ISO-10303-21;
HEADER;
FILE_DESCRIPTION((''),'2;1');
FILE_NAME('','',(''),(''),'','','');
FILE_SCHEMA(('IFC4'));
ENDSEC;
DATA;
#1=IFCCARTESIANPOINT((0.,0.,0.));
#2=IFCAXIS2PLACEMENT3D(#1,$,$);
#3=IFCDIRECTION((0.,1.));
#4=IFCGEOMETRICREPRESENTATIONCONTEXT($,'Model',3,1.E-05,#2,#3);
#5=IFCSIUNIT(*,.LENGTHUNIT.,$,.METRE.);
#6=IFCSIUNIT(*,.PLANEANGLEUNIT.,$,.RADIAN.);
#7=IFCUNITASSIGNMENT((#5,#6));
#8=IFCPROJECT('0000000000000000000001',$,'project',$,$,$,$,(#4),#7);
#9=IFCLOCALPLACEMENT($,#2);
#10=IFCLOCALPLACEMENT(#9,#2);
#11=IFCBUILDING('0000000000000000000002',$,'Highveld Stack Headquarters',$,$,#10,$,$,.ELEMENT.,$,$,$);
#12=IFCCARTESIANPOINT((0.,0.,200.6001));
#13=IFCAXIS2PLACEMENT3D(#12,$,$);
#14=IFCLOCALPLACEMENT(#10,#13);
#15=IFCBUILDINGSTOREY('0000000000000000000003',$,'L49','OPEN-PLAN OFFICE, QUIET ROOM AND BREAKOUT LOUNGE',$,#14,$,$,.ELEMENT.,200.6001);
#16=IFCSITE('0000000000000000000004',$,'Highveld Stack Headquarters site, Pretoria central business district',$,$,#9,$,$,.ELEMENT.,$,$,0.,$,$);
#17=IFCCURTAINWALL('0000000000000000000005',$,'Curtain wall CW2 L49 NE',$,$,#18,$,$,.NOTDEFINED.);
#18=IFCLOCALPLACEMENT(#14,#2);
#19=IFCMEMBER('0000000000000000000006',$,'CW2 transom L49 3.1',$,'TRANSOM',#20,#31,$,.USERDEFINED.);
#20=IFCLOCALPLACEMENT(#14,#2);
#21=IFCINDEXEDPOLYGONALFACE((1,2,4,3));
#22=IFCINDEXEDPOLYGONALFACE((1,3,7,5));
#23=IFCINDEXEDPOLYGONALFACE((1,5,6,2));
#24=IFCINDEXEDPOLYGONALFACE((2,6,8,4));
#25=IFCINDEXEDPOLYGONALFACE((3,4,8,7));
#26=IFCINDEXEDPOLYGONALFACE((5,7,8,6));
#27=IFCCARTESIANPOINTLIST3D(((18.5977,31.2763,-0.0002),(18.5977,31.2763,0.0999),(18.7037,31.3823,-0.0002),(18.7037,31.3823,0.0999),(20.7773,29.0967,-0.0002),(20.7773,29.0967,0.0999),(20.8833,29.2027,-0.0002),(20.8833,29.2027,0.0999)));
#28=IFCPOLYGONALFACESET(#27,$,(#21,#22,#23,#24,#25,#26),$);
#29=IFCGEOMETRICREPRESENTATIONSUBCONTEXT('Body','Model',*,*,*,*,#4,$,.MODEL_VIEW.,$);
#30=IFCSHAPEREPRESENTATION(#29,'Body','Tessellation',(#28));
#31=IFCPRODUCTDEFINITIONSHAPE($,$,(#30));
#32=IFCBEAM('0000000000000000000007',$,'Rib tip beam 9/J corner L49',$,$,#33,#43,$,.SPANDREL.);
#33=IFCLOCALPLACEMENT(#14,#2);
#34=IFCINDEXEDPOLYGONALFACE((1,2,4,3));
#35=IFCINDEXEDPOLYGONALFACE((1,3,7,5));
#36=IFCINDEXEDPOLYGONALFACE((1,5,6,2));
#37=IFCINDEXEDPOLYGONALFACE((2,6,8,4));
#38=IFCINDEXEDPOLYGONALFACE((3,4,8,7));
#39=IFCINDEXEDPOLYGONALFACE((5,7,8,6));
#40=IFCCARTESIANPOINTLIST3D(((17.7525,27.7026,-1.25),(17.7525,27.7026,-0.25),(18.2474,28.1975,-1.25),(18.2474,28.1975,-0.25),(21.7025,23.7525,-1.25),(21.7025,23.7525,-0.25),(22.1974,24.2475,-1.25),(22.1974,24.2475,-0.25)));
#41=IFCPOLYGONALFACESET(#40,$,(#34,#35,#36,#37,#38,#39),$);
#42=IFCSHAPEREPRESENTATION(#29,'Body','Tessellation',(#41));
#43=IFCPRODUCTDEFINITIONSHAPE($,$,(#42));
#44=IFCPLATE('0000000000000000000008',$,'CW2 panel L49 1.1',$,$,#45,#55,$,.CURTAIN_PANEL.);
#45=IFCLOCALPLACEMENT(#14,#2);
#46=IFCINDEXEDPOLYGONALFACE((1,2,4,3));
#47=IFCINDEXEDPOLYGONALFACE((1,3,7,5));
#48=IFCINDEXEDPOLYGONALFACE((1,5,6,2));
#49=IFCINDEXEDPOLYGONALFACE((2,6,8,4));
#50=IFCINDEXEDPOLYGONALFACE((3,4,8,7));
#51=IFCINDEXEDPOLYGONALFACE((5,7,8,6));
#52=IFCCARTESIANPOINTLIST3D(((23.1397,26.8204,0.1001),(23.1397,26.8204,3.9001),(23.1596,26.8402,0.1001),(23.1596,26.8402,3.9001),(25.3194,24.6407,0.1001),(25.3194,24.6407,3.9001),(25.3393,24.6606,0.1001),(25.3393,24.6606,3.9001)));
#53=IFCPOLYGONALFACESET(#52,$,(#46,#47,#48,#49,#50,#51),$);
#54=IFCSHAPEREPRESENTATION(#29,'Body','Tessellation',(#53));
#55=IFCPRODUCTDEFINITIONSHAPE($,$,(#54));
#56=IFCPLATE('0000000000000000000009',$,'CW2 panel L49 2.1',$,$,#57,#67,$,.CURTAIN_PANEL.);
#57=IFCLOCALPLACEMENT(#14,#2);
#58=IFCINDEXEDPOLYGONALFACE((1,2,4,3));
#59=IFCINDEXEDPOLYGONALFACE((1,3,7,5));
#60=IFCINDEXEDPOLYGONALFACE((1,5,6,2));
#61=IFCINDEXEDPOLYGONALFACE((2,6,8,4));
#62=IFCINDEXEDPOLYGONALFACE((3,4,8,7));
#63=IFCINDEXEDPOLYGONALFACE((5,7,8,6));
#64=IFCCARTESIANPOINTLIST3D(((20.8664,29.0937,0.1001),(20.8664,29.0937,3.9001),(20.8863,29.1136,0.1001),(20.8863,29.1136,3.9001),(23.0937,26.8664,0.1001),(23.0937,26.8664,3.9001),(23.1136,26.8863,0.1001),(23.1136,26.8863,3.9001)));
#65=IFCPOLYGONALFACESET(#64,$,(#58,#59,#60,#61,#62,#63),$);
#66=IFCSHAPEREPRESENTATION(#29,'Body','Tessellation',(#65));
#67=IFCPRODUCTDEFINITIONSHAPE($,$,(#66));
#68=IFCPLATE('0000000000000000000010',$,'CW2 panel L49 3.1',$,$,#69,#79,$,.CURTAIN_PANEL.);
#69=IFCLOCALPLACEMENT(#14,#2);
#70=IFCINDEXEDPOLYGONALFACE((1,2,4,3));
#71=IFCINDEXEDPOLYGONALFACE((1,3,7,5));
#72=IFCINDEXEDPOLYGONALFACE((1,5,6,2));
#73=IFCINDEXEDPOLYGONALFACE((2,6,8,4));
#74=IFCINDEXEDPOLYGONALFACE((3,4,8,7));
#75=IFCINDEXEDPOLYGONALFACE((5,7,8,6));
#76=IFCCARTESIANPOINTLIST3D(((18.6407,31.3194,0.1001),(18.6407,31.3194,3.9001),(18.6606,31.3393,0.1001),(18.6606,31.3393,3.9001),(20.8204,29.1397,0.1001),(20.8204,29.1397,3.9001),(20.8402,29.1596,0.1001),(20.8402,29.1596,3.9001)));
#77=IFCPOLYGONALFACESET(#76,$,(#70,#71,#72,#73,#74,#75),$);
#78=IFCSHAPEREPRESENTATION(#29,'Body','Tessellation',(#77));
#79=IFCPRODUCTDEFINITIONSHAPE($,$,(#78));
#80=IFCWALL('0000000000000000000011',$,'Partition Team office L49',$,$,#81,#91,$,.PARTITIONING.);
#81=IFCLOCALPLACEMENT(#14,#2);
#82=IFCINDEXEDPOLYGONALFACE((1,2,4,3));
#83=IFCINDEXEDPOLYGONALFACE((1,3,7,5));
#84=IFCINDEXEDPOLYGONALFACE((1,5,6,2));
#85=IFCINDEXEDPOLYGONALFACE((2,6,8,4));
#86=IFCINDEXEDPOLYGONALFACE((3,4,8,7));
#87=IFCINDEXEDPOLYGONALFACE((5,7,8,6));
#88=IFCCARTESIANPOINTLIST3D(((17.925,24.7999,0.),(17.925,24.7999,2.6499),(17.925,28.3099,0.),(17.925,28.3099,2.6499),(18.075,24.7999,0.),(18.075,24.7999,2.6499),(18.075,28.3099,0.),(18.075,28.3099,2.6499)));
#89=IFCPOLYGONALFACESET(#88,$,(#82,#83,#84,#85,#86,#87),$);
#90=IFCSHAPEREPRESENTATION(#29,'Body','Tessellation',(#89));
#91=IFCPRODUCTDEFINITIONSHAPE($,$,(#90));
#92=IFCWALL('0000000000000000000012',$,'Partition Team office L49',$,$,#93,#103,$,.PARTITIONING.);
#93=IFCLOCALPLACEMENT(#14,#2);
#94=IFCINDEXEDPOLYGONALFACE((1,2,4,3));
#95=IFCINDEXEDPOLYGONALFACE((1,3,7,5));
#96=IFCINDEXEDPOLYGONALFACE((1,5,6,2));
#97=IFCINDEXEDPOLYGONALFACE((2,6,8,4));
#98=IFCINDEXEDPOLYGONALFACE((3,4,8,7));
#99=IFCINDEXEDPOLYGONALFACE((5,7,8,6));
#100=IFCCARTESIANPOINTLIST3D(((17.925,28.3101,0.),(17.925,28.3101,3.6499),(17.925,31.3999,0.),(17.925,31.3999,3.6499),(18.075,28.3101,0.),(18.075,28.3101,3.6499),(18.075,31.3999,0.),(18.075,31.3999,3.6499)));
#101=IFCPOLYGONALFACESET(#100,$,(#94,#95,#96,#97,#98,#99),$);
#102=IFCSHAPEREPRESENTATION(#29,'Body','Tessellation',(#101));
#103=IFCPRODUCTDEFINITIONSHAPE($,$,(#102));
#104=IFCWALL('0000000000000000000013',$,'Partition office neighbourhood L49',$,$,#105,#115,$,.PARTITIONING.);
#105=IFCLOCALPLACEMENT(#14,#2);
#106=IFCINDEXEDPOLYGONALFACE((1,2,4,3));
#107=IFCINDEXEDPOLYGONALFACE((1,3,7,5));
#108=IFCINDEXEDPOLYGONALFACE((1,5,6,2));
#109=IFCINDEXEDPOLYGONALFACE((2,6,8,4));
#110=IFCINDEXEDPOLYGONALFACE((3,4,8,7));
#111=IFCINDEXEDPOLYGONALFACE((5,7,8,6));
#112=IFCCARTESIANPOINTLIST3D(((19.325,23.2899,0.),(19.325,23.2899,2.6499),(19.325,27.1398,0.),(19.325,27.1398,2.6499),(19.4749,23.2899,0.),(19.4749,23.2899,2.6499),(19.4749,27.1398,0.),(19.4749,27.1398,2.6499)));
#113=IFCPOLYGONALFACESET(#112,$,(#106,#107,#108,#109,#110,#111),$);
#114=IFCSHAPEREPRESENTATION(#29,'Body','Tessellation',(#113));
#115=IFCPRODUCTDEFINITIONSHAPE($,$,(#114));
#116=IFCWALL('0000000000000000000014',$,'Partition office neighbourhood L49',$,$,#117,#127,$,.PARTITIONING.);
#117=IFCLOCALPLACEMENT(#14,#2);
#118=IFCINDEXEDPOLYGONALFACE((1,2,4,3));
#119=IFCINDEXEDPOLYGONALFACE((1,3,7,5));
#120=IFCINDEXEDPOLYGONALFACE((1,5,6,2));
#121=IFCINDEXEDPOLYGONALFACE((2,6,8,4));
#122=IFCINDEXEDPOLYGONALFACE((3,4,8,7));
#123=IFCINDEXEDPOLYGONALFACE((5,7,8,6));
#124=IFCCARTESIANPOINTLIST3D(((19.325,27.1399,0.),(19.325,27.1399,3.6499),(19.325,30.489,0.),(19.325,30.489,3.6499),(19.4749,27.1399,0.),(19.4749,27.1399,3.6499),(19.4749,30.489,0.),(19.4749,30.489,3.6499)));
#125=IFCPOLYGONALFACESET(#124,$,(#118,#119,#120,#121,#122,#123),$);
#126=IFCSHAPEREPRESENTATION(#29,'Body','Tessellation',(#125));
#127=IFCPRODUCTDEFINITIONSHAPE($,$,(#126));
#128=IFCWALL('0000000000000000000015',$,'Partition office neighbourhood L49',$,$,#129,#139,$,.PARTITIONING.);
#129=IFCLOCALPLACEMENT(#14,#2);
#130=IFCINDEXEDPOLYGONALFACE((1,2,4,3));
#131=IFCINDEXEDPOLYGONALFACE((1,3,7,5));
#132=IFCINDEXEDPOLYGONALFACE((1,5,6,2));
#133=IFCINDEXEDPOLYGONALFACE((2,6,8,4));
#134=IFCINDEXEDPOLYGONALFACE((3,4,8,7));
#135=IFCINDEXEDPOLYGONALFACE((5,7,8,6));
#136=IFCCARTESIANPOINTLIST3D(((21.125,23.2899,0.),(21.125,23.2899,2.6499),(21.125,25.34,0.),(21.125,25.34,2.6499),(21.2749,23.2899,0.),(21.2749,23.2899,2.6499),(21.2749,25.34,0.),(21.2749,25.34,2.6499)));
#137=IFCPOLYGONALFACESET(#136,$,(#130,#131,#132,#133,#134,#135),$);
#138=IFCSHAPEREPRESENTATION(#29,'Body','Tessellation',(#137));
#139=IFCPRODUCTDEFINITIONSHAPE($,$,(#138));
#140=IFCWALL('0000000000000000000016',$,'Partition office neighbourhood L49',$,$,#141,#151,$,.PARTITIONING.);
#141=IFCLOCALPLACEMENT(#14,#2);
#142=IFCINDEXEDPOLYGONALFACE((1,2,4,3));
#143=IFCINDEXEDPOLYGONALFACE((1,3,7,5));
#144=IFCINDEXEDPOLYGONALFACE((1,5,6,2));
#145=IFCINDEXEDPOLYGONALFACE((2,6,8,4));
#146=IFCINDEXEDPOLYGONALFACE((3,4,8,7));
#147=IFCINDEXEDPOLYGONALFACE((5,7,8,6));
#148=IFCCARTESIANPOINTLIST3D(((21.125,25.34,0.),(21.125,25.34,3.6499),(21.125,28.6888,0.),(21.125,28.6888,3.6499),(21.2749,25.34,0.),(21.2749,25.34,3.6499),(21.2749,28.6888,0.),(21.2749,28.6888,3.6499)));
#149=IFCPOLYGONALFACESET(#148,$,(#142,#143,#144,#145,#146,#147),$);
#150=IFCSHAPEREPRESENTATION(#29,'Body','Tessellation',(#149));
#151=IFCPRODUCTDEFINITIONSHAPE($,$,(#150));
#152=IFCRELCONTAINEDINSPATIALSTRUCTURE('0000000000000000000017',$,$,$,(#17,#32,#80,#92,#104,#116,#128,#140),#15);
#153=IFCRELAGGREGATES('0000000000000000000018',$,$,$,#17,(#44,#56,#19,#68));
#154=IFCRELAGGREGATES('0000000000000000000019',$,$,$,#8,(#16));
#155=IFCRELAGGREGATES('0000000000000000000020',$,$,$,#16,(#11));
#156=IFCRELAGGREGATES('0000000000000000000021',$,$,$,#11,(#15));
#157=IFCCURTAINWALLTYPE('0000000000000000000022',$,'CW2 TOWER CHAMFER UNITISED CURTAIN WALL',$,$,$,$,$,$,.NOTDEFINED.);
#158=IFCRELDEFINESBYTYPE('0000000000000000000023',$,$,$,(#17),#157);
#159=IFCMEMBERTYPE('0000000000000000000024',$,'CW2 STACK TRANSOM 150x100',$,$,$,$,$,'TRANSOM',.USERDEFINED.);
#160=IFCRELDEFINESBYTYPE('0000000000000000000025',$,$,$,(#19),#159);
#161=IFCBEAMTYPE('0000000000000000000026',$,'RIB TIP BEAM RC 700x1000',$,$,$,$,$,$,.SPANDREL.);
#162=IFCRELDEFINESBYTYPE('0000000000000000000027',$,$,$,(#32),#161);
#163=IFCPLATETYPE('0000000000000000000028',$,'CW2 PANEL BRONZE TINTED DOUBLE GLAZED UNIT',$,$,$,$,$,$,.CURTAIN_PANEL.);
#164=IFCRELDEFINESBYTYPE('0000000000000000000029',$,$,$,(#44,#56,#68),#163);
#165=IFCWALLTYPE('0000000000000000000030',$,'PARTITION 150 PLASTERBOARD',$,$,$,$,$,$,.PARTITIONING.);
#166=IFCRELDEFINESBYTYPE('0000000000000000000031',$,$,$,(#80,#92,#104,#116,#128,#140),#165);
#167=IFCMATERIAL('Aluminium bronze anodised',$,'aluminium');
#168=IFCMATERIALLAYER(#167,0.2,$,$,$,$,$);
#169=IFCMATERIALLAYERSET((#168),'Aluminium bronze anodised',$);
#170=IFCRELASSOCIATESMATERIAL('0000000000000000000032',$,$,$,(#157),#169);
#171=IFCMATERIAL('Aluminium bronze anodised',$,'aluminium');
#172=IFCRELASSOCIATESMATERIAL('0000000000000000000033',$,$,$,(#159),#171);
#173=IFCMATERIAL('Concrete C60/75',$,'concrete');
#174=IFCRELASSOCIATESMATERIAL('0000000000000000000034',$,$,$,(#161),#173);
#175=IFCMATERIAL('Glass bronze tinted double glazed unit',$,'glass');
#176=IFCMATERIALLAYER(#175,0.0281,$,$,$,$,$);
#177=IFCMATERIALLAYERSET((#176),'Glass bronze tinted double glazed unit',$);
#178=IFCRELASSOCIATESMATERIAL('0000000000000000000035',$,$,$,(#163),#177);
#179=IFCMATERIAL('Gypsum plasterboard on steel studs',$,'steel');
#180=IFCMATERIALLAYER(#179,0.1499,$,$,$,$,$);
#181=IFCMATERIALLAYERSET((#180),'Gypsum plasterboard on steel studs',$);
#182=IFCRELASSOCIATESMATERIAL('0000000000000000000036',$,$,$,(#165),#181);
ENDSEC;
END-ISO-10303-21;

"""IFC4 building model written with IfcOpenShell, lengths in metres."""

from ifc_helpers import new_model, si_unit, direction, frame, frame_2d, origin, origin_2d, place, context, subcontext, project, spatial, rectangle, extrude, material, layer, layer_set, material_profile, profile_set, type_object, element, aggregate, save


model = new_model("IFC4")

# Units and contexts
model_context = context("Model", 3, precision=1e-05, world=origin(), true_north=direction((0.0, 1.0)))
body_context = subcontext(model_context, "Body", "Model", "MODEL_VIEW")
ifc_project = project(units=[si_unit("LENGTHUNIT", "METRE"), si_unit("PLANEANGLEUNIT", "RADIAN")], contexts=[model_context])

# Site, building, storey
site_placement = place(None, origin())
site = spatial("IfcSite", under=ifc_project, at=site_placement, Name="Highveld Stack Headquarters site, Pretoria central business district", CompositionType="ELEMENT", RefElevation=0.0)
building_placement = place(site_placement, origin())
building = spatial("IfcBuilding", under=site, at=building_placement, Name="Highveld Stack Headquarters", CompositionType="ELEMENT")
storey_placement = place(building_placement, frame((0.0, 0.0, 200.6001)))
storey = spatial("IfcBuildingStorey", under=building, at=storey_placement, Name="L49", Description="OPEN-PLAN OFFICE, QUIET ROOM AND BREAKOUT LOUNGE", CompositionType="ELEMENT", Elevation=200.6001)

# Curtain wall, member
ifc_material_1 = material(Name="Aluminium bronze anodised", Category="aluminium")
ifc_layer_1 = layer(ifc_material_1, 0.2)
ifc_layer_set_1 = layer_set([ifc_layer_1], Name="Aluminium bronze anodised")
curtain_wall_type_1 = type_object("IfcCurtainWallType", Name="CW2 TOWER CHAMFER UNITISED CURTAIN WALL", PredefinedType="NOTDEFINED", material=ifc_layer_set_1)
curtain_wall_1_placement = place(storey_placement, origin())
curtain_wall_1 = element("IfcCurtainWall", 1, at=curtain_wall_1_placement, inside=storey, type_object=curtain_wall_type_1, Name="Curtain wall CW2 L49 NE", PredefinedType="NOTDEFINED")
ifc_material_2 = material(Name="Aluminium bronze anodised", Category="aluminium")
ifc_material_profile_1 = material_profile(ifc_material_2, rectangle(XDim=0.1499, YDim=0.1001, at=origin_2d()), Name="CW2 TRANSOM 150x100")
ifc_profile_set_1 = profile_set([ifc_material_profile_1], Name="Aluminium bronze anodised")
member_type_1 = type_object("IfcMemberType", Name="CW2 STACK TRANSOM 150x100", ElementType="TRANSOM", PredefinedType="USERDEFINED", material=ifc_profile_set_1)
member_1_placement = place(storey_placement, frame((20.8303, 29.1497, 0.0498), z_axis=(-0.707107, 0.707107, 0.0), x_axis=(-0.707107, -0.707107, 0.0)))
member_1 = element("IfcMember", 2, at=member_1_placement, type_object=member_type_1, Name="CW2 transom L49 3.1", ObjectType="TRANSOM", PredefinedType="USERDEFINED", context=body_context, shape_type="SweptSolid", body=[
    extrude(rectangle(XDim=0.1499, YDim=0.1001, at=origin_2d()), origin(), (0.0, 0.0, 1.0), 3.0825),
])

# Beam
ifc_material_3 = material(Name="Concrete C60/75", Category="concrete")
ifc_material_profile_2 = material_profile(ifc_material_3, rectangle(XDim=0.7, YDim=1.0, at=origin_2d()), Name="RC 700x1000")
ifc_profile_set_2 = profile_set([ifc_material_profile_2], Name="Concrete C60/75")
beam_type_1 = type_object("IfcBeamType", Name="RIB TIP BEAM RC 700x1000", PredefinedType="SPANDREL", material=ifc_profile_set_2)
beam_1_placement = place(storey_placement, frame((21.95, 24.0, -0.75), z_axis=(-0.707107, 0.707107, 0.0), x_axis=(-0.707107, -0.707107, 0.0)))
element("IfcBeam", 3, at=beam_1_placement, inside=storey, type_object=beam_type_1, Name="Rib tip beam 9/J corner L49", PredefinedType="SPANDREL", context=body_context, shape_type="SweptSolid", body=[
    extrude(rectangle(XDim=0.7, YDim=1.0, at=origin_2d()), origin(), (0.0, 0.0, 1.0), 5.5862),
])

# Plates
ifc_material_4 = material(Name="Glass bronze tinted double glazed unit", Category="glass")
ifc_layer_2 = layer(ifc_material_4, 0.0281)
ifc_layer_set_2 = layer_set([ifc_layer_2], Name="Glass bronze tinted double glazed unit")
plate_type = type_object("IfcPlateType", Name="CW2 PANEL BRONZE TINTED DOUBLE GLAZED UNIT", PredefinedType="CURTAIN_PANEL", material=ifc_layer_set_2)
plate_1_placement = place(storey_placement, frame((24.2395, 25.7405, 0.1001), z_axis=(0.0, 0.0, 1.0), x_axis=(-0.707107, 0.707107, 0.0)))
plate_1 = element("IfcPlate", 4, at=plate_1_placement, type_object=plate_type, Name="CW2 panel L49 1.1", PredefinedType="CURTAIN_PANEL", context=body_context, shape_type="SweptSolid", body=[
    extrude(rectangle(XDim=3.0825, YDim=0.0281, at=origin_2d()), origin(), (0.0, 0.0, 1.0), 3.8),
])
plate_2_placement = place(storey_placement, frame((21.99, 27.99, 0.1001), z_axis=(0.0, 0.0, 1.0), x_axis=(-0.707107, 0.707107, 0.0)))
plate_2 = element("IfcPlate", 5, at=plate_2_placement, type_object=plate_type, Name="CW2 panel L49 2.1", PredefinedType="CURTAIN_PANEL", context=body_context, shape_type="SweptSolid", body=[
    extrude(rectangle(XDim=3.1499, YDim=0.0281, at=origin_2d()), origin(), (0.0, 0.0, 1.0), 3.8),
])
plate_3_placement = place(storey_placement, frame((19.7405, 30.2395, 0.1001), z_axis=(0.0, 0.0, 1.0), x_axis=(-0.707107, 0.707107, 0.0)))
plate_3 = element("IfcPlate", 6, at=plate_3_placement, type_object=plate_type, Name="CW2 panel L49 3.1", PredefinedType="CURTAIN_PANEL", context=body_context, shape_type="SweptSolid", body=[
    extrude(rectangle(XDim=3.0825, YDim=0.0281, at=origin_2d()), origin(), (0.0, 0.0, 1.0), 3.8),
])
aggregate(curtain_wall_1, [plate_1, plate_2, member_1, plate_3])

# Walls
ifc_material_5 = material(Name="Gypsum plasterboard on steel studs", Category="steel")
ifc_layer_3 = layer(ifc_material_5, 0.1499)
ifc_layer_set_3 = layer_set([ifc_layer_3], Name="Gypsum plasterboard on steel studs")
wall_type = type_object("IfcWallType", Name="PARTITION 150 PLASTERBOARD", PredefinedType="PARTITIONING", material=ifc_layer_set_3)
wall_1_placement = place(storey_placement, frame((18.0, 24.8, 0.0), z_axis=(0.0, 0.0, 1.0), x_axis=(0.0, 1.0, 0.0)))
element("IfcWall", 7, at=wall_1_placement, inside=storey, type_object=wall_type, Name="Partition Team office L49", PredefinedType="PARTITIONING", context=body_context, shape_type="SweptSolid", body=[
    extrude(rectangle(XDim=3.51, YDim=0.1499, at=frame_2d((1.7549, 0.0))), origin(), (0.0, 0.0, 1.0), 2.6499),
])
wall_2_placement = place(storey_placement, frame((18.0, 28.3101, 0.0), z_axis=(0.0, 0.0, 1.0), x_axis=(0.0, 1.0, 0.0)))
element("IfcWall", 8, at=wall_2_placement, inside=storey, type_object=wall_type, Name="Partition Team office L49", PredefinedType="PARTITIONING", context=body_context, shape_type="SweptSolid", body=[
    extrude(rectangle(XDim=3.0898, YDim=0.1499, at=frame_2d((1.5449, 0.0))), origin(), (0.0, 0.0, 1.0), 3.6499),
])
wall_3_placement = place(storey_placement, frame((19.3999, 23.29, 0.0), z_axis=(0.0, 0.0, 1.0), x_axis=(0.0, 1.0, 0.0)))
element("IfcWall", 9, at=wall_3_placement, inside=storey, type_object=wall_type, Name="Partition office neighbourhood L49", PredefinedType="PARTITIONING", context=body_context, shape_type="SweptSolid", body=[
    extrude(rectangle(XDim=3.8499, YDim=0.1499, at=frame_2d((1.9248, 0.0))), origin(), (0.0, 0.0, 1.0), 2.6499),
])
wall_4_placement = place(storey_placement, frame((19.3999, 27.1399, 0.0), z_axis=(0.0, 0.0, 1.0), x_axis=(0.0, 1.0, 0.0)))
element("IfcWall", 10, at=wall_4_placement, inside=storey, type_object=wall_type, Name="Partition office neighbourhood L49", PredefinedType="PARTITIONING", context=body_context, shape_type="SweptSolid", body=[
    extrude(rectangle(XDim=3.3491, YDim=0.1499, at=frame_2d((1.6746, 0.0))), origin(), (0.0, 0.0, 1.0), 3.6499),
])
wall_5_placement = place(storey_placement, frame((21.2, 23.29, 0.0), z_axis=(0.0, 0.0, 1.0), x_axis=(0.0, 1.0, 0.0)))
element("IfcWall", 11, at=wall_5_placement, inside=storey, type_object=wall_type, Name="Partition office neighbourhood L49", PredefinedType="PARTITIONING", context=body_context, shape_type="SweptSolid", body=[
    extrude(rectangle(XDim=2.05, YDim=0.1499, at=frame_2d((1.0249, 0.0))), origin(), (0.0, 0.0, 1.0), 2.6499),
])
wall_6_placement = place(storey_placement, frame((21.2, 25.3401, 0.0), z_axis=(0.0, 0.0, 1.0), x_axis=(0.0, 1.0, 0.0)))
element("IfcWall", 12, at=wall_6_placement, inside=storey, type_object=wall_type, Name="Partition office neighbourhood L49", PredefinedType="PARTITIONING", context=body_context, shape_type="SweptSolid", body=[
    extrude(rectangle(XDim=3.3489, YDim=0.1499, at=frame_2d((1.6743, 0.0))), origin(), (0.0, 0.0, 1.0), 3.6499),
])

save(model, "model.ifc")
